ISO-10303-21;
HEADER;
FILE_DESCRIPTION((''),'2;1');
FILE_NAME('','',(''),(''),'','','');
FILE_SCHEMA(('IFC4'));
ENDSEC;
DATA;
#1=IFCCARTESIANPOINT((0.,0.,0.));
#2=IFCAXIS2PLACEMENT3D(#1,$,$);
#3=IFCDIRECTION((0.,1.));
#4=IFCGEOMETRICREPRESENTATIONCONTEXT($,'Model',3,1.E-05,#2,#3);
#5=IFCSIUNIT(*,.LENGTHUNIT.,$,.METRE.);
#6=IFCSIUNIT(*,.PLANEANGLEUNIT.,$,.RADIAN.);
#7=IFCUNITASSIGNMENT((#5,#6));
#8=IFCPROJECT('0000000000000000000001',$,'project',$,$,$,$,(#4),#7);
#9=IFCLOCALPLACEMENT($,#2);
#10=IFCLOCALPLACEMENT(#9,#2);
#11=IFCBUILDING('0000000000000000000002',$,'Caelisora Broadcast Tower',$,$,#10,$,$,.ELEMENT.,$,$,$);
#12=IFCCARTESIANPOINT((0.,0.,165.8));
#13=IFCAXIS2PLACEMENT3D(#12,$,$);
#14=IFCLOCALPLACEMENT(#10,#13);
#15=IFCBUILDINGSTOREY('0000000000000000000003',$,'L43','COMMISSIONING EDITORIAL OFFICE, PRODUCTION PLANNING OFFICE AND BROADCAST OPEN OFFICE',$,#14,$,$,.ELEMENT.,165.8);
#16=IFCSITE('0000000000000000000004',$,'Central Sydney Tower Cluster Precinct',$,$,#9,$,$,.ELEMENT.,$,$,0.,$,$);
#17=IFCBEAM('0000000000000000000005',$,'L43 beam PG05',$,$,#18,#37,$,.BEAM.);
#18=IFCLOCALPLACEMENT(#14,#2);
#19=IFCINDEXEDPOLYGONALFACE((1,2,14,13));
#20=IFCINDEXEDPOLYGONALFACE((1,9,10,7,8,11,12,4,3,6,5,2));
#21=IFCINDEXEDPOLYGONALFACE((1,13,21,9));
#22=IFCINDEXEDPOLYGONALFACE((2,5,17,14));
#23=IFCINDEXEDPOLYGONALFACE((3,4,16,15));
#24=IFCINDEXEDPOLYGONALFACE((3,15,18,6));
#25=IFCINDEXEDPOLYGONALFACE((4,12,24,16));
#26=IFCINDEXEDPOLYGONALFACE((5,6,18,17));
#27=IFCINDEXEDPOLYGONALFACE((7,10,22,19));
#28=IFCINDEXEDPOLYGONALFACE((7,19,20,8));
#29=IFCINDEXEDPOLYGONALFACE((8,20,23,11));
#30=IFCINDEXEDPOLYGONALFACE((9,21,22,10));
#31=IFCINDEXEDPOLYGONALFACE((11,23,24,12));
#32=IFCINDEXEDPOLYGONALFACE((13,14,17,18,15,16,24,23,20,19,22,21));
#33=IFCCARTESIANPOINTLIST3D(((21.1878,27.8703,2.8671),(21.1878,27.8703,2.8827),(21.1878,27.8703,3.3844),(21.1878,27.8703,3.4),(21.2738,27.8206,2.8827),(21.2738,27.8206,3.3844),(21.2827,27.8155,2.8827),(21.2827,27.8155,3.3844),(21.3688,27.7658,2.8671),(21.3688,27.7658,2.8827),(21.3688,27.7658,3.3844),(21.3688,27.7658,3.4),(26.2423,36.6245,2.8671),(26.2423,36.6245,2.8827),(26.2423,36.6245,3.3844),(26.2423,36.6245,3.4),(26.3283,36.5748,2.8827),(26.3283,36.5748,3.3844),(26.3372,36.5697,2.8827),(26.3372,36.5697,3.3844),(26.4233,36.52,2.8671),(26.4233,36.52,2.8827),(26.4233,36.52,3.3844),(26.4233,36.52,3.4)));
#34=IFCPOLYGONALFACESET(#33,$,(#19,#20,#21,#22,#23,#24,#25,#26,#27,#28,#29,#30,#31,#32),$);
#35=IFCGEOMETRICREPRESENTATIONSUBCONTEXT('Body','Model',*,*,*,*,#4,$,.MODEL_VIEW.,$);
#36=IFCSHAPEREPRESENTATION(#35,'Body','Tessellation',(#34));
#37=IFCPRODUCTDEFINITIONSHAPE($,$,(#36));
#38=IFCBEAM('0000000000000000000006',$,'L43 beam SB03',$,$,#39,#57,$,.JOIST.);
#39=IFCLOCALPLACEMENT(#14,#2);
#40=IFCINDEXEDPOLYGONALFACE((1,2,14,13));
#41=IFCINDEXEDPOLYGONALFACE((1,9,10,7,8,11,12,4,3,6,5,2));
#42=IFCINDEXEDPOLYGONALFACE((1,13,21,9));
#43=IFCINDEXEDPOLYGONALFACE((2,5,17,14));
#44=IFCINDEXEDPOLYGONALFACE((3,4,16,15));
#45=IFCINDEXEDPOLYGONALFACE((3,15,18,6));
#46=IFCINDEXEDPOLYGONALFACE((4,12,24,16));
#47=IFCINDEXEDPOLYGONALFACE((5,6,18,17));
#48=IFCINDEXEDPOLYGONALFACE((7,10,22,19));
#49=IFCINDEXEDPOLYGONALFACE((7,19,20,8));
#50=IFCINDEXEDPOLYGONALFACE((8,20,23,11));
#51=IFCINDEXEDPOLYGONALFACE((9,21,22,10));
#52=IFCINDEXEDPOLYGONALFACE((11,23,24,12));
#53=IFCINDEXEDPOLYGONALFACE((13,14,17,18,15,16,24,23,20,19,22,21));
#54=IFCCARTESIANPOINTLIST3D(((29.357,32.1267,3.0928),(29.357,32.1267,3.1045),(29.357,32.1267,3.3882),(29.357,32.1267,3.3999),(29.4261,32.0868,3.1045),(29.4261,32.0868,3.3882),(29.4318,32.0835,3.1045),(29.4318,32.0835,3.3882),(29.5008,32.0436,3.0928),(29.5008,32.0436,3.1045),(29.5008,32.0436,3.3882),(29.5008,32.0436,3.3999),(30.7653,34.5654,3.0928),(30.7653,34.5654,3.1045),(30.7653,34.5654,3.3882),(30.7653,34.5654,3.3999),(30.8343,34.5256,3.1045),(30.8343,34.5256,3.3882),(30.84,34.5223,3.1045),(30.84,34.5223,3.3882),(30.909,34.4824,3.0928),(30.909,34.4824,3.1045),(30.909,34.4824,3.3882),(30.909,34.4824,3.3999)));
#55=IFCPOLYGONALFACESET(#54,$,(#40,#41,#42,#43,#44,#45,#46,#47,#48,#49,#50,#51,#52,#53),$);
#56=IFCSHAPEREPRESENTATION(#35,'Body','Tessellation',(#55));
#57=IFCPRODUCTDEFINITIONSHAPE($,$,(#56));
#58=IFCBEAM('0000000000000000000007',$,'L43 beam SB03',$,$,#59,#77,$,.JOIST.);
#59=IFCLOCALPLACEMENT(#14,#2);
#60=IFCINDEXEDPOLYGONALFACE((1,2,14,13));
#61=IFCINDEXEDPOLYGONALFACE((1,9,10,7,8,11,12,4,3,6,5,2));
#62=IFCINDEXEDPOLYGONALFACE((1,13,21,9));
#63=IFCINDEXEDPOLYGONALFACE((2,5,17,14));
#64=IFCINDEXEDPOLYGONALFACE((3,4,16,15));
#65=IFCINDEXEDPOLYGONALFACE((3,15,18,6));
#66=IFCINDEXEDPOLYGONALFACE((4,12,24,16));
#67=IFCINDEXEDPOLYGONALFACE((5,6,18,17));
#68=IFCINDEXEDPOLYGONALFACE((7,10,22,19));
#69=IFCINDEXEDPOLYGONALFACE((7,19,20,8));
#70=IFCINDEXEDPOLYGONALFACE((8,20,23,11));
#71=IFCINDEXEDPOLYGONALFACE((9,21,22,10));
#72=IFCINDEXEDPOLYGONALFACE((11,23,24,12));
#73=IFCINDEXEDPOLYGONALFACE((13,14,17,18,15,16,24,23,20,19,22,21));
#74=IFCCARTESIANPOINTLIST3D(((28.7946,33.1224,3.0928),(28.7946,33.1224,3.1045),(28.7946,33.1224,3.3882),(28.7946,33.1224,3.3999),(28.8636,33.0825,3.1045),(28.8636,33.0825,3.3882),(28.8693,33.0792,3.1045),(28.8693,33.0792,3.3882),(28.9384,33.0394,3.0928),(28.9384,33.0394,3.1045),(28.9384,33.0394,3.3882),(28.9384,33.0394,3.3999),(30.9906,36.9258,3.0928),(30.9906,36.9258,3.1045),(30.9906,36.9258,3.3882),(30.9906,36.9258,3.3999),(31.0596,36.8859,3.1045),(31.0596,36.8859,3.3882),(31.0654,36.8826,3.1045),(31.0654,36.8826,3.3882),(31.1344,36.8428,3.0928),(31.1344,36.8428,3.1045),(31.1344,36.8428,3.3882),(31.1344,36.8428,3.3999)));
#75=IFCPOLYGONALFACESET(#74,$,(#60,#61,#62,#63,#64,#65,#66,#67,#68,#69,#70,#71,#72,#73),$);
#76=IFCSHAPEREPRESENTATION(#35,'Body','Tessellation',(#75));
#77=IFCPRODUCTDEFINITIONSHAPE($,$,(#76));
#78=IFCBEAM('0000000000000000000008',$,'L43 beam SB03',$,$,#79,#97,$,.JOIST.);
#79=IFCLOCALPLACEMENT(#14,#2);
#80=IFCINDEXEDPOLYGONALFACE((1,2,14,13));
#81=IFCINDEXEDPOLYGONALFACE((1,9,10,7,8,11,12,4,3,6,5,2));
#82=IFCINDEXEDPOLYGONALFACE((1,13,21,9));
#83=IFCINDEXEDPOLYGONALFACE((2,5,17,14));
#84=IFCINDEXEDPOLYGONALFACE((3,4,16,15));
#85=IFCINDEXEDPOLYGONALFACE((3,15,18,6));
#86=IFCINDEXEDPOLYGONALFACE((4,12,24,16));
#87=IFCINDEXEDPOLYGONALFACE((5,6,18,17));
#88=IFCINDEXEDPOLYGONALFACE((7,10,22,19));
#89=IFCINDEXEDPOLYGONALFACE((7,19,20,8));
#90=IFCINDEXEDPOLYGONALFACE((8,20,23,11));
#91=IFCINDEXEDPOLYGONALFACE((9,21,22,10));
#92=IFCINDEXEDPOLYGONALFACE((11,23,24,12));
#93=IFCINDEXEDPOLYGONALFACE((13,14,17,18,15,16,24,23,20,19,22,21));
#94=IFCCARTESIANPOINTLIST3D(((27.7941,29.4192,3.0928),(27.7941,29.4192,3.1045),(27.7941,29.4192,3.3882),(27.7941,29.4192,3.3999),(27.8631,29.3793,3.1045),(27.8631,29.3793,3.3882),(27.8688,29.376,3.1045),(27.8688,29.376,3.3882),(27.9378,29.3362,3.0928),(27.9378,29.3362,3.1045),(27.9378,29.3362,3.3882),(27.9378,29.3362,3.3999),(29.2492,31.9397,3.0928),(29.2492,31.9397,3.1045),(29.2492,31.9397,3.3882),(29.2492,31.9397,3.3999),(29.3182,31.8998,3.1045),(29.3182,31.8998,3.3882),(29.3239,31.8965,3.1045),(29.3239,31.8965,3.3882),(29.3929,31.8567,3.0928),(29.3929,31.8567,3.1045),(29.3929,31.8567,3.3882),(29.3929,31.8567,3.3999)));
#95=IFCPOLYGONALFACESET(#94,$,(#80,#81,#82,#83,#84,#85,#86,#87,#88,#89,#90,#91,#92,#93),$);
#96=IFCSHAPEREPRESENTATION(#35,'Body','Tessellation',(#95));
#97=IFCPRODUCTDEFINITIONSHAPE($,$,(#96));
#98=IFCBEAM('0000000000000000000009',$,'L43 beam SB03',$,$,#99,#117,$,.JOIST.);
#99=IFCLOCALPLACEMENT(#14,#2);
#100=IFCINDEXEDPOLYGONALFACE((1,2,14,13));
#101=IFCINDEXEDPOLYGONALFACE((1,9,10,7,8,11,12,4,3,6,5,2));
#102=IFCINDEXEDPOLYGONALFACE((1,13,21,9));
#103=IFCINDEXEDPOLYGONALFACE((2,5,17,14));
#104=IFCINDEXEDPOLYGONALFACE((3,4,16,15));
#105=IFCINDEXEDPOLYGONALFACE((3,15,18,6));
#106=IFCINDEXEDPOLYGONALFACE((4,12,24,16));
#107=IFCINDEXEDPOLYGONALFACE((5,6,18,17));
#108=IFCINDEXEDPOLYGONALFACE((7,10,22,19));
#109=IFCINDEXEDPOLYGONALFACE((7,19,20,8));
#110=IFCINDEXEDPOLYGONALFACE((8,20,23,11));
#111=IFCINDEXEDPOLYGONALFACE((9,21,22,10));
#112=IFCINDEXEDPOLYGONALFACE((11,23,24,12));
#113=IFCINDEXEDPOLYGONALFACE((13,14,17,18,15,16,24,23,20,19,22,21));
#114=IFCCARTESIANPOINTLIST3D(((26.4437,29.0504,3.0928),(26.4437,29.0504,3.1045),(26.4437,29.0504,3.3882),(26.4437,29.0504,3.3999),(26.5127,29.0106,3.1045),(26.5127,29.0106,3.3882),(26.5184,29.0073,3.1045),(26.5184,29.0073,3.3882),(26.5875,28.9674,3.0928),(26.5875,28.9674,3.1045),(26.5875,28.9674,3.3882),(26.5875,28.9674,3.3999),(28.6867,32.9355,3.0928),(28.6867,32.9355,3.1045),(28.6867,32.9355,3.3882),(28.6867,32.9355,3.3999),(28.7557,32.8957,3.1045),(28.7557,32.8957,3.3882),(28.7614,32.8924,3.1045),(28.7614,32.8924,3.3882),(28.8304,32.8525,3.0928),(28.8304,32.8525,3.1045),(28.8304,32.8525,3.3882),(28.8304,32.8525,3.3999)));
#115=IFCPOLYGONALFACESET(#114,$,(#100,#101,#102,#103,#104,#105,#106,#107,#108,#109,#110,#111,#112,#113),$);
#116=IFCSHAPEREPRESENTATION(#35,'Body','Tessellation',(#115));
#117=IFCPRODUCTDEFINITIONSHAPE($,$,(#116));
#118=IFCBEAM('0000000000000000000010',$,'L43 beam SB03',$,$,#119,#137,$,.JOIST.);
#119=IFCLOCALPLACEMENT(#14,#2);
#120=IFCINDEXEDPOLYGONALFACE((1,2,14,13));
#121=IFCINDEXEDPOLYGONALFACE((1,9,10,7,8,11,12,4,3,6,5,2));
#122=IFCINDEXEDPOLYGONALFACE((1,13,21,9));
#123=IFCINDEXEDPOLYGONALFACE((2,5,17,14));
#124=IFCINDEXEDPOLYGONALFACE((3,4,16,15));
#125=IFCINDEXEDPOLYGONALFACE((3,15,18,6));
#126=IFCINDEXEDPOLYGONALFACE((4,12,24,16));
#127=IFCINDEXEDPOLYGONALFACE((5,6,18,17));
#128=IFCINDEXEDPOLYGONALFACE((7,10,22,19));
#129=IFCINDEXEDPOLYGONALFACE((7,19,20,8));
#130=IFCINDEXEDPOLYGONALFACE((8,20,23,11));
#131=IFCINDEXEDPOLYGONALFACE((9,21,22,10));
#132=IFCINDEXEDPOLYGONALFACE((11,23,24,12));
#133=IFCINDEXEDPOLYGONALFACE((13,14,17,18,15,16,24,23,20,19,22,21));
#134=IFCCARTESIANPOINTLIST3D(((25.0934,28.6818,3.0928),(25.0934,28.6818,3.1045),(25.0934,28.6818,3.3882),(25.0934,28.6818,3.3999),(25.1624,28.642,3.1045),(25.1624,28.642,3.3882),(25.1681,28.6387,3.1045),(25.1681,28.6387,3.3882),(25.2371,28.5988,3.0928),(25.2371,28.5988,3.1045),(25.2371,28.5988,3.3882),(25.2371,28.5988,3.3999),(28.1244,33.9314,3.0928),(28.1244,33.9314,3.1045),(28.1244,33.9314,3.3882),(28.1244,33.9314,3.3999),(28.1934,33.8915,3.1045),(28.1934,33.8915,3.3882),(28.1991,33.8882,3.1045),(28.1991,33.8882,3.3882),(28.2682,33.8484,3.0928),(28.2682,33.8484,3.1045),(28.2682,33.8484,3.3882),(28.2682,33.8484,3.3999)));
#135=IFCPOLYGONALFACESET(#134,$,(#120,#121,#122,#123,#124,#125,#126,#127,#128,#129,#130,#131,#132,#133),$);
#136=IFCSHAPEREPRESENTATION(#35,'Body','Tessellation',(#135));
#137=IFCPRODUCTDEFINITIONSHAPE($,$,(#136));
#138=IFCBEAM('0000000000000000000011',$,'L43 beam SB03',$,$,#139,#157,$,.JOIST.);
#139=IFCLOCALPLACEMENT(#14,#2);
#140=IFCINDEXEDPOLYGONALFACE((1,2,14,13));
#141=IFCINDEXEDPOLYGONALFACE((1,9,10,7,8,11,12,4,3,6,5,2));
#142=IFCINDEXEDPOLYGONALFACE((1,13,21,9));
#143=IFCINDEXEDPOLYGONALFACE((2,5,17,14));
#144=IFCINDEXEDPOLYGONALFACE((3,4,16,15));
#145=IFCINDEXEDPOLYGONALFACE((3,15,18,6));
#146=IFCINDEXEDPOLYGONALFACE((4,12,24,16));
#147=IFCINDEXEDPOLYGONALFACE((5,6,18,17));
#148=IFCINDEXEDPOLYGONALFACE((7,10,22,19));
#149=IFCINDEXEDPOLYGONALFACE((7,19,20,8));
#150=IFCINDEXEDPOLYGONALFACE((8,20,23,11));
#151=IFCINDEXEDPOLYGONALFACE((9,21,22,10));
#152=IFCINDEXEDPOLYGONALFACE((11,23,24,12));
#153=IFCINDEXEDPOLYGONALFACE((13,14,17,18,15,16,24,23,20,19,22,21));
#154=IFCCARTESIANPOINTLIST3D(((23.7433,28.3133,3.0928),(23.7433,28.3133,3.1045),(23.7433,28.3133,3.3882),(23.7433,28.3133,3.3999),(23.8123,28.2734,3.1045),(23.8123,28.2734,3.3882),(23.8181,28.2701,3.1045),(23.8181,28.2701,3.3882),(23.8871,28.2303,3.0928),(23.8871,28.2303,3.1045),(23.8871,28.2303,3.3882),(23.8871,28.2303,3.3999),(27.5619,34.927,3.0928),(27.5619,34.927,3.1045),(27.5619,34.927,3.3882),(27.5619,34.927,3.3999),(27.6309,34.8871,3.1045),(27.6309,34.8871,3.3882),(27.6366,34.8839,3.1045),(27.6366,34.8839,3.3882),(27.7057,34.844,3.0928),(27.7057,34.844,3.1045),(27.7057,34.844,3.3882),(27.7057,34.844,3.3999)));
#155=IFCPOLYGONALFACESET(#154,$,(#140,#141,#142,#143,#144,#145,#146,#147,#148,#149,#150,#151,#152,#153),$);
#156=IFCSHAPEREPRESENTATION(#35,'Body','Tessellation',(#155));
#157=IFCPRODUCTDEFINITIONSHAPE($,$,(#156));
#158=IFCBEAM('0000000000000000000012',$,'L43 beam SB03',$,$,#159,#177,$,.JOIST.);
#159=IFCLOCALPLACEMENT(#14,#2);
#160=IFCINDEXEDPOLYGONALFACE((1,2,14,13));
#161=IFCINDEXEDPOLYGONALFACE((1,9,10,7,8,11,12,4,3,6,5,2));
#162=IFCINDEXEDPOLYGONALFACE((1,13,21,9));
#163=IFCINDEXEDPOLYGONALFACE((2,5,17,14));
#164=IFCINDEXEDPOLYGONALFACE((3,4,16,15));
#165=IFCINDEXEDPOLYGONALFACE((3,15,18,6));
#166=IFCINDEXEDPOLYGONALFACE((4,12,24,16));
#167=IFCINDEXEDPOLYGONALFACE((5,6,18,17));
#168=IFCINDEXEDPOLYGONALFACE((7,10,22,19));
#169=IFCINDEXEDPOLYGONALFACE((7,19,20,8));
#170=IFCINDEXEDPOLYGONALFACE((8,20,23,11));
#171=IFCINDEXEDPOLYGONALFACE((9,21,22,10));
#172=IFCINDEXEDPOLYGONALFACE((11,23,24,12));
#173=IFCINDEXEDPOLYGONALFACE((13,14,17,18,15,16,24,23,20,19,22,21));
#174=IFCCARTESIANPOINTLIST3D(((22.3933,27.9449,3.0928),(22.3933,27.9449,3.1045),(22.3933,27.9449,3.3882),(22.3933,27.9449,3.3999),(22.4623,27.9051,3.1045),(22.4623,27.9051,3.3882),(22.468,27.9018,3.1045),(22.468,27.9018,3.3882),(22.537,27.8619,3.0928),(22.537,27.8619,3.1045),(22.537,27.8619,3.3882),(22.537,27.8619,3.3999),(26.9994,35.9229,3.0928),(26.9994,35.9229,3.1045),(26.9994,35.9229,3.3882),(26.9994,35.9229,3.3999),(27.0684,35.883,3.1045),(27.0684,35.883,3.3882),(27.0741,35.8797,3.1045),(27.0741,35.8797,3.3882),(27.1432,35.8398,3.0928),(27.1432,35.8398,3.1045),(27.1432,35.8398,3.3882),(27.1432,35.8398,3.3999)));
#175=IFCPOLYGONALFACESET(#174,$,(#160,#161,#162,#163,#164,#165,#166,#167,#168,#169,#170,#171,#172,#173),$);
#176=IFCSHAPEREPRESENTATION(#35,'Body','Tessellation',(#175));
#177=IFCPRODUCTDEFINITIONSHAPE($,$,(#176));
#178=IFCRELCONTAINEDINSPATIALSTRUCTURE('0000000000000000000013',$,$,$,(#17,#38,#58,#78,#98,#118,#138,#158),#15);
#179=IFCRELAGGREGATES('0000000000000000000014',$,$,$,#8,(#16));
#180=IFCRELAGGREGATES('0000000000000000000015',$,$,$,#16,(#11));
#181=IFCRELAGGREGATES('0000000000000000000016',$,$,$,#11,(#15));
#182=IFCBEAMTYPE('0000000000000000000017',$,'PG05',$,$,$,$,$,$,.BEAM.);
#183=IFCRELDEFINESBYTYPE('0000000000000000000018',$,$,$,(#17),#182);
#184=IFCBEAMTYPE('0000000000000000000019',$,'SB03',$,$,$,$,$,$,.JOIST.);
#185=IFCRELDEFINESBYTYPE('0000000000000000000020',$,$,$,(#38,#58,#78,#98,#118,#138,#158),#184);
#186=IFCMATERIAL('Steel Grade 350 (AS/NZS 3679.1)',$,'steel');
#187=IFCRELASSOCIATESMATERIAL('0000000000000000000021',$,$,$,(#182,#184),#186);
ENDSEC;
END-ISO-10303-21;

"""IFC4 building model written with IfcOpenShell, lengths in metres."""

from ifc_helpers import new_model, si_unit, direction, frame, origin, origin_2d, place, context, subcontext, project, spatial, i_section, extrude, source, transform, mapped, material, material_profile, profile_set, type_object, type_shapes, element, save


model = new_model("IFC4")

# Units and contexts
model_context = context("Model", 3, precision=1e-05, world=origin(), true_north=direction((0.0, 1.0)))
body_context = subcontext(model_context, "Body", "Model", "MODEL_VIEW")
ifc_project = project(units=[si_unit("LENGTHUNIT", "METRE"), si_unit("PLANEANGLEUNIT", "RADIAN")], contexts=[model_context])

# Site, building, storey
site_placement = place(None, origin())
site = spatial("IfcSite", under=ifc_project, at=site_placement, Name="Central Sydney Tower Cluster Precinct", CompositionType="ELEMENT", RefElevation=0.0)
building_placement = place(site_placement, origin())
building = spatial("IfcBuilding", under=site, at=building_placement, Name="Caelisora Broadcast Tower", CompositionType="ELEMENT")
storey_placement = place(building_placement, frame((0.0, 0.0, 165.8)))
storey = spatial("IfcBuildingStorey", under=building, at=storey_placement, Name="L43", Description="COMMISSIONING EDITORIAL OFFICE, PRODUCTION PLANNING OFFICE AND BROADCAST OPEN OFFICE", CompositionType="ELEMENT", Elevation=165.8)

# Beams
ifc_material_1 = material(Name="Steel Grade 350 (AS/NZS 3679.1)", Category="steel")
ifc_material_profile_1 = material_profile(ifc_material_1, i_section(OverallWidth=0.209, OverallDepth=0.533, WebThickness=0.0103, FlangeThickness=0.0156, at=origin_2d()), Name="Steel Grade 350 (AS/NZS 3679.1)")
ifc_profile_set_1 = profile_set([ifc_material_profile_1], Name="Steel Grade 350 (AS/NZS 3679.1)")
beam_type_1 = type_object("IfcBeamType", Name="PG05", PredefinedType="BEAM", material=ifc_profile_set_1)
shared_shape_1 = source(origin(), body_context, "Body", "SweptSolid", [
    extrude(i_section(OverallWidth=0.209, OverallDepth=0.533, WebThickness=0.0103, FlangeThickness=0.0156, at=origin_2d()), origin(), (0.0, 0.0, 1.0), 10.1086),
])
type_shapes(beam_type_1, [shared_shape_1])
beam_1_placement = place(storey_placement, frame((26.3328, 36.5723, 3.1335), z_axis=(-0.500017, -0.866015, 0.0), x_axis=(0.866015, -0.500017, 0.0)))
element("IfcBeam", 1, at=beam_1_placement, inside=storey, type_object=beam_type_1, Name="L43 beam PG05", PredefinedType="BEAM", context=body_context, shape_type="MappedRepresentation", body=[
    mapped(shared_shape_1, transform((0.0, 0.0, 0.0), scale=1.0)),
])
ifc_material_profile_2 = material_profile(ifc_material_1, i_section(OverallWidth=0.166, OverallDepth=0.3071, WebThickness=0.0066, FlangeThickness=0.0117, at=origin_2d()), Name="Steel Grade 350 (AS/NZS 3679.1)")
ifc_profile_set_2 = profile_set([ifc_material_profile_2], Name="Steel Grade 350 (AS/NZS 3679.1)")
beam_type_2 = type_object("IfcBeamType", Name="SB03", PredefinedType="JOIST", material=ifc_profile_set_2)
shared_shape_2 = source(origin(), body_context, "Body", "SweptSolid", [
    extrude(i_section(OverallWidth=0.166, OverallDepth=0.3071, WebThickness=0.0066, FlangeThickness=0.0117, at=origin_2d()), origin(), (0.0, 0.0, 1.0), 2.8162),
])
beam_2_placement = place(storey_placement, frame((30.8372, 34.5239, 3.2463), z_axis=(-0.500055, -0.865994, 0.0), x_axis=(0.865994, -0.500055, 0.0)))
element("IfcBeam", 2, at=beam_2_placement, inside=storey, type_object=beam_type_2, Name="L43 beam SB03", PredefinedType="JOIST", context=body_context, shape_type="MappedRepresentation", body=[
    mapped(shared_shape_2, transform((0.0, 0.0, 0.0), scale=1.0)),
])
shared_shape_3 = source(origin(), body_context, "Body", "SweptSolid", [
    extrude(i_section(OverallWidth=0.166, OverallDepth=0.3071, WebThickness=0.0066, FlangeThickness=0.0117, at=origin_2d()), origin(), (0.0, 0.0, 1.0), 4.3918),
])
beam_3_placement = place(storey_placement, frame((31.0625, 36.8843, 3.2463), z_axis=(-0.500019, -0.866014, 0.0), x_axis=(0.866014, -0.500019, 0.0)))
element("IfcBeam", 3, at=beam_3_placement, inside=storey, type_object=beam_type_2, Name="L43 beam SB03", PredefinedType="JOIST", context=body_context, shape_type="MappedRepresentation", body=[
    mapped(shared_shape_3, transform((0.0, 0.0, 0.0), scale=1.0)),
])
shared_shape_4 = source(origin(), body_context, "Body", "SweptSolid", [
    extrude(i_section(OverallWidth=0.166, OverallDepth=0.3071, WebThickness=0.0066, FlangeThickness=0.0117, at=origin_2d()), origin(), (0.0, 0.0, 1.0), 2.9104),
])
beam_4_placement = place(storey_placement, frame((29.321, 31.8982, 3.2463), z_axis=(-0.499965, -0.866046, 0.0), x_axis=(0.866046, -0.499965, 0.0)))
element("IfcBeam", 4, at=beam_4_placement, inside=storey, type_object=beam_type_2, Name="L43 beam SB03", PredefinedType="JOIST", context=body_context, shape_type="MappedRepresentation", body=[
    mapped(shared_shape_4, transform((0.0, 0.0, 0.0), scale=1.0)),
])
shared_shape_5 = source(origin(), body_context, "Body", "SweptSolid", [
    extrude(i_section(OverallWidth=0.166, OverallDepth=0.3071, WebThickness=0.0066, FlangeThickness=0.0117, at=origin_2d()), origin(), (0.0, 0.0, 1.0), 4.4861),
])
beam_5_placement = place(storey_placement, frame((28.7585, 32.894, 3.2463), z_axis=(-0.499985, -0.866034, 0.0), x_axis=(0.866034, -0.499985, 0.0)))
element("IfcBeam", 5, at=beam_5_placement, inside=storey, type_object=beam_type_2, Name="L43 beam SB03", PredefinedType="JOIST", context=body_context, shape_type="MappedRepresentation", body=[
    mapped(shared_shape_5, transform((0.0, 0.0, 0.0), scale=1.0)),
])
shared_shape_6 = source(origin(), body_context, "Body", "SweptSolid", [
    extrude(i_section(OverallWidth=0.166, OverallDepth=0.3071, WebThickness=0.0066, FlangeThickness=0.0117, at=origin_2d()), origin(), (0.0, 0.0, 1.0), 6.0618),
])
beam_6_placement = place(storey_placement, frame((28.1963, 33.8899, 3.2463), z_axis=(-0.500025, -0.866011, 0.0), x_axis=(0.866011, -0.500025, 0.0)))
element("IfcBeam", 6, at=beam_6_placement, inside=storey, type_object=beam_type_2, Name="L43 beam SB03", PredefinedType="JOIST", context=body_context, shape_type="MappedRepresentation", body=[
    mapped(shared_shape_6, transform((0.0, 0.0, 0.0), scale=1.0)),
])
shared_shape_7 = source(origin(), body_context, "Body", "SweptSolid", [
    extrude(i_section(OverallWidth=0.166, OverallDepth=0.3071, WebThickness=0.0066, FlangeThickness=0.0117, at=origin_2d()), origin(), (0.0, 0.0, 1.0), 7.637),
])
beam_7_placement = place(storey_placement, frame((27.6338, 34.8855, 3.2463), z_axis=(-0.500014, -0.866017, 0.0), x_axis=(0.866017, -0.500014, 0.0)))
element("IfcBeam", 7, at=beam_7_placement, inside=storey, type_object=beam_type_2, Name="L43 beam SB03", PredefinedType="JOIST", context=body_context, shape_type="MappedRepresentation", body=[
    mapped(shared_shape_7, transform((0.0, 0.0, 0.0), scale=1.0)),
])
shared_shape_8 = source(origin(), body_context, "Body", "SweptSolid", [
    extrude(i_section(OverallWidth=0.166, OverallDepth=0.3071, WebThickness=0.0066, FlangeThickness=0.0117, at=origin_2d()), origin(), (0.0, 0.0, 1.0), 9.2122),
])
type_shapes(beam_type_2, [shared_shape_2, shared_shape_3, shared_shape_4, shared_shape_5, shared_shape_6, shared_shape_7, shared_shape_8])
beam_8_placement = place(storey_placement, frame((27.0713, 35.8813, 3.2463), z_axis=(-0.500007, -0.866021, 0.0), x_axis=(0.866021, -0.500007, 0.0)))
element("IfcBeam", 8, at=beam_8_placement, inside=storey, type_object=beam_type_2, Name="L43 beam SB03", PredefinedType="JOIST", context=body_context, shape_type="MappedRepresentation", body=[
    mapped(shared_shape_8, transform((0.0, 0.0, 0.0), scale=1.0)),
])

save(model, "model.ifc")
